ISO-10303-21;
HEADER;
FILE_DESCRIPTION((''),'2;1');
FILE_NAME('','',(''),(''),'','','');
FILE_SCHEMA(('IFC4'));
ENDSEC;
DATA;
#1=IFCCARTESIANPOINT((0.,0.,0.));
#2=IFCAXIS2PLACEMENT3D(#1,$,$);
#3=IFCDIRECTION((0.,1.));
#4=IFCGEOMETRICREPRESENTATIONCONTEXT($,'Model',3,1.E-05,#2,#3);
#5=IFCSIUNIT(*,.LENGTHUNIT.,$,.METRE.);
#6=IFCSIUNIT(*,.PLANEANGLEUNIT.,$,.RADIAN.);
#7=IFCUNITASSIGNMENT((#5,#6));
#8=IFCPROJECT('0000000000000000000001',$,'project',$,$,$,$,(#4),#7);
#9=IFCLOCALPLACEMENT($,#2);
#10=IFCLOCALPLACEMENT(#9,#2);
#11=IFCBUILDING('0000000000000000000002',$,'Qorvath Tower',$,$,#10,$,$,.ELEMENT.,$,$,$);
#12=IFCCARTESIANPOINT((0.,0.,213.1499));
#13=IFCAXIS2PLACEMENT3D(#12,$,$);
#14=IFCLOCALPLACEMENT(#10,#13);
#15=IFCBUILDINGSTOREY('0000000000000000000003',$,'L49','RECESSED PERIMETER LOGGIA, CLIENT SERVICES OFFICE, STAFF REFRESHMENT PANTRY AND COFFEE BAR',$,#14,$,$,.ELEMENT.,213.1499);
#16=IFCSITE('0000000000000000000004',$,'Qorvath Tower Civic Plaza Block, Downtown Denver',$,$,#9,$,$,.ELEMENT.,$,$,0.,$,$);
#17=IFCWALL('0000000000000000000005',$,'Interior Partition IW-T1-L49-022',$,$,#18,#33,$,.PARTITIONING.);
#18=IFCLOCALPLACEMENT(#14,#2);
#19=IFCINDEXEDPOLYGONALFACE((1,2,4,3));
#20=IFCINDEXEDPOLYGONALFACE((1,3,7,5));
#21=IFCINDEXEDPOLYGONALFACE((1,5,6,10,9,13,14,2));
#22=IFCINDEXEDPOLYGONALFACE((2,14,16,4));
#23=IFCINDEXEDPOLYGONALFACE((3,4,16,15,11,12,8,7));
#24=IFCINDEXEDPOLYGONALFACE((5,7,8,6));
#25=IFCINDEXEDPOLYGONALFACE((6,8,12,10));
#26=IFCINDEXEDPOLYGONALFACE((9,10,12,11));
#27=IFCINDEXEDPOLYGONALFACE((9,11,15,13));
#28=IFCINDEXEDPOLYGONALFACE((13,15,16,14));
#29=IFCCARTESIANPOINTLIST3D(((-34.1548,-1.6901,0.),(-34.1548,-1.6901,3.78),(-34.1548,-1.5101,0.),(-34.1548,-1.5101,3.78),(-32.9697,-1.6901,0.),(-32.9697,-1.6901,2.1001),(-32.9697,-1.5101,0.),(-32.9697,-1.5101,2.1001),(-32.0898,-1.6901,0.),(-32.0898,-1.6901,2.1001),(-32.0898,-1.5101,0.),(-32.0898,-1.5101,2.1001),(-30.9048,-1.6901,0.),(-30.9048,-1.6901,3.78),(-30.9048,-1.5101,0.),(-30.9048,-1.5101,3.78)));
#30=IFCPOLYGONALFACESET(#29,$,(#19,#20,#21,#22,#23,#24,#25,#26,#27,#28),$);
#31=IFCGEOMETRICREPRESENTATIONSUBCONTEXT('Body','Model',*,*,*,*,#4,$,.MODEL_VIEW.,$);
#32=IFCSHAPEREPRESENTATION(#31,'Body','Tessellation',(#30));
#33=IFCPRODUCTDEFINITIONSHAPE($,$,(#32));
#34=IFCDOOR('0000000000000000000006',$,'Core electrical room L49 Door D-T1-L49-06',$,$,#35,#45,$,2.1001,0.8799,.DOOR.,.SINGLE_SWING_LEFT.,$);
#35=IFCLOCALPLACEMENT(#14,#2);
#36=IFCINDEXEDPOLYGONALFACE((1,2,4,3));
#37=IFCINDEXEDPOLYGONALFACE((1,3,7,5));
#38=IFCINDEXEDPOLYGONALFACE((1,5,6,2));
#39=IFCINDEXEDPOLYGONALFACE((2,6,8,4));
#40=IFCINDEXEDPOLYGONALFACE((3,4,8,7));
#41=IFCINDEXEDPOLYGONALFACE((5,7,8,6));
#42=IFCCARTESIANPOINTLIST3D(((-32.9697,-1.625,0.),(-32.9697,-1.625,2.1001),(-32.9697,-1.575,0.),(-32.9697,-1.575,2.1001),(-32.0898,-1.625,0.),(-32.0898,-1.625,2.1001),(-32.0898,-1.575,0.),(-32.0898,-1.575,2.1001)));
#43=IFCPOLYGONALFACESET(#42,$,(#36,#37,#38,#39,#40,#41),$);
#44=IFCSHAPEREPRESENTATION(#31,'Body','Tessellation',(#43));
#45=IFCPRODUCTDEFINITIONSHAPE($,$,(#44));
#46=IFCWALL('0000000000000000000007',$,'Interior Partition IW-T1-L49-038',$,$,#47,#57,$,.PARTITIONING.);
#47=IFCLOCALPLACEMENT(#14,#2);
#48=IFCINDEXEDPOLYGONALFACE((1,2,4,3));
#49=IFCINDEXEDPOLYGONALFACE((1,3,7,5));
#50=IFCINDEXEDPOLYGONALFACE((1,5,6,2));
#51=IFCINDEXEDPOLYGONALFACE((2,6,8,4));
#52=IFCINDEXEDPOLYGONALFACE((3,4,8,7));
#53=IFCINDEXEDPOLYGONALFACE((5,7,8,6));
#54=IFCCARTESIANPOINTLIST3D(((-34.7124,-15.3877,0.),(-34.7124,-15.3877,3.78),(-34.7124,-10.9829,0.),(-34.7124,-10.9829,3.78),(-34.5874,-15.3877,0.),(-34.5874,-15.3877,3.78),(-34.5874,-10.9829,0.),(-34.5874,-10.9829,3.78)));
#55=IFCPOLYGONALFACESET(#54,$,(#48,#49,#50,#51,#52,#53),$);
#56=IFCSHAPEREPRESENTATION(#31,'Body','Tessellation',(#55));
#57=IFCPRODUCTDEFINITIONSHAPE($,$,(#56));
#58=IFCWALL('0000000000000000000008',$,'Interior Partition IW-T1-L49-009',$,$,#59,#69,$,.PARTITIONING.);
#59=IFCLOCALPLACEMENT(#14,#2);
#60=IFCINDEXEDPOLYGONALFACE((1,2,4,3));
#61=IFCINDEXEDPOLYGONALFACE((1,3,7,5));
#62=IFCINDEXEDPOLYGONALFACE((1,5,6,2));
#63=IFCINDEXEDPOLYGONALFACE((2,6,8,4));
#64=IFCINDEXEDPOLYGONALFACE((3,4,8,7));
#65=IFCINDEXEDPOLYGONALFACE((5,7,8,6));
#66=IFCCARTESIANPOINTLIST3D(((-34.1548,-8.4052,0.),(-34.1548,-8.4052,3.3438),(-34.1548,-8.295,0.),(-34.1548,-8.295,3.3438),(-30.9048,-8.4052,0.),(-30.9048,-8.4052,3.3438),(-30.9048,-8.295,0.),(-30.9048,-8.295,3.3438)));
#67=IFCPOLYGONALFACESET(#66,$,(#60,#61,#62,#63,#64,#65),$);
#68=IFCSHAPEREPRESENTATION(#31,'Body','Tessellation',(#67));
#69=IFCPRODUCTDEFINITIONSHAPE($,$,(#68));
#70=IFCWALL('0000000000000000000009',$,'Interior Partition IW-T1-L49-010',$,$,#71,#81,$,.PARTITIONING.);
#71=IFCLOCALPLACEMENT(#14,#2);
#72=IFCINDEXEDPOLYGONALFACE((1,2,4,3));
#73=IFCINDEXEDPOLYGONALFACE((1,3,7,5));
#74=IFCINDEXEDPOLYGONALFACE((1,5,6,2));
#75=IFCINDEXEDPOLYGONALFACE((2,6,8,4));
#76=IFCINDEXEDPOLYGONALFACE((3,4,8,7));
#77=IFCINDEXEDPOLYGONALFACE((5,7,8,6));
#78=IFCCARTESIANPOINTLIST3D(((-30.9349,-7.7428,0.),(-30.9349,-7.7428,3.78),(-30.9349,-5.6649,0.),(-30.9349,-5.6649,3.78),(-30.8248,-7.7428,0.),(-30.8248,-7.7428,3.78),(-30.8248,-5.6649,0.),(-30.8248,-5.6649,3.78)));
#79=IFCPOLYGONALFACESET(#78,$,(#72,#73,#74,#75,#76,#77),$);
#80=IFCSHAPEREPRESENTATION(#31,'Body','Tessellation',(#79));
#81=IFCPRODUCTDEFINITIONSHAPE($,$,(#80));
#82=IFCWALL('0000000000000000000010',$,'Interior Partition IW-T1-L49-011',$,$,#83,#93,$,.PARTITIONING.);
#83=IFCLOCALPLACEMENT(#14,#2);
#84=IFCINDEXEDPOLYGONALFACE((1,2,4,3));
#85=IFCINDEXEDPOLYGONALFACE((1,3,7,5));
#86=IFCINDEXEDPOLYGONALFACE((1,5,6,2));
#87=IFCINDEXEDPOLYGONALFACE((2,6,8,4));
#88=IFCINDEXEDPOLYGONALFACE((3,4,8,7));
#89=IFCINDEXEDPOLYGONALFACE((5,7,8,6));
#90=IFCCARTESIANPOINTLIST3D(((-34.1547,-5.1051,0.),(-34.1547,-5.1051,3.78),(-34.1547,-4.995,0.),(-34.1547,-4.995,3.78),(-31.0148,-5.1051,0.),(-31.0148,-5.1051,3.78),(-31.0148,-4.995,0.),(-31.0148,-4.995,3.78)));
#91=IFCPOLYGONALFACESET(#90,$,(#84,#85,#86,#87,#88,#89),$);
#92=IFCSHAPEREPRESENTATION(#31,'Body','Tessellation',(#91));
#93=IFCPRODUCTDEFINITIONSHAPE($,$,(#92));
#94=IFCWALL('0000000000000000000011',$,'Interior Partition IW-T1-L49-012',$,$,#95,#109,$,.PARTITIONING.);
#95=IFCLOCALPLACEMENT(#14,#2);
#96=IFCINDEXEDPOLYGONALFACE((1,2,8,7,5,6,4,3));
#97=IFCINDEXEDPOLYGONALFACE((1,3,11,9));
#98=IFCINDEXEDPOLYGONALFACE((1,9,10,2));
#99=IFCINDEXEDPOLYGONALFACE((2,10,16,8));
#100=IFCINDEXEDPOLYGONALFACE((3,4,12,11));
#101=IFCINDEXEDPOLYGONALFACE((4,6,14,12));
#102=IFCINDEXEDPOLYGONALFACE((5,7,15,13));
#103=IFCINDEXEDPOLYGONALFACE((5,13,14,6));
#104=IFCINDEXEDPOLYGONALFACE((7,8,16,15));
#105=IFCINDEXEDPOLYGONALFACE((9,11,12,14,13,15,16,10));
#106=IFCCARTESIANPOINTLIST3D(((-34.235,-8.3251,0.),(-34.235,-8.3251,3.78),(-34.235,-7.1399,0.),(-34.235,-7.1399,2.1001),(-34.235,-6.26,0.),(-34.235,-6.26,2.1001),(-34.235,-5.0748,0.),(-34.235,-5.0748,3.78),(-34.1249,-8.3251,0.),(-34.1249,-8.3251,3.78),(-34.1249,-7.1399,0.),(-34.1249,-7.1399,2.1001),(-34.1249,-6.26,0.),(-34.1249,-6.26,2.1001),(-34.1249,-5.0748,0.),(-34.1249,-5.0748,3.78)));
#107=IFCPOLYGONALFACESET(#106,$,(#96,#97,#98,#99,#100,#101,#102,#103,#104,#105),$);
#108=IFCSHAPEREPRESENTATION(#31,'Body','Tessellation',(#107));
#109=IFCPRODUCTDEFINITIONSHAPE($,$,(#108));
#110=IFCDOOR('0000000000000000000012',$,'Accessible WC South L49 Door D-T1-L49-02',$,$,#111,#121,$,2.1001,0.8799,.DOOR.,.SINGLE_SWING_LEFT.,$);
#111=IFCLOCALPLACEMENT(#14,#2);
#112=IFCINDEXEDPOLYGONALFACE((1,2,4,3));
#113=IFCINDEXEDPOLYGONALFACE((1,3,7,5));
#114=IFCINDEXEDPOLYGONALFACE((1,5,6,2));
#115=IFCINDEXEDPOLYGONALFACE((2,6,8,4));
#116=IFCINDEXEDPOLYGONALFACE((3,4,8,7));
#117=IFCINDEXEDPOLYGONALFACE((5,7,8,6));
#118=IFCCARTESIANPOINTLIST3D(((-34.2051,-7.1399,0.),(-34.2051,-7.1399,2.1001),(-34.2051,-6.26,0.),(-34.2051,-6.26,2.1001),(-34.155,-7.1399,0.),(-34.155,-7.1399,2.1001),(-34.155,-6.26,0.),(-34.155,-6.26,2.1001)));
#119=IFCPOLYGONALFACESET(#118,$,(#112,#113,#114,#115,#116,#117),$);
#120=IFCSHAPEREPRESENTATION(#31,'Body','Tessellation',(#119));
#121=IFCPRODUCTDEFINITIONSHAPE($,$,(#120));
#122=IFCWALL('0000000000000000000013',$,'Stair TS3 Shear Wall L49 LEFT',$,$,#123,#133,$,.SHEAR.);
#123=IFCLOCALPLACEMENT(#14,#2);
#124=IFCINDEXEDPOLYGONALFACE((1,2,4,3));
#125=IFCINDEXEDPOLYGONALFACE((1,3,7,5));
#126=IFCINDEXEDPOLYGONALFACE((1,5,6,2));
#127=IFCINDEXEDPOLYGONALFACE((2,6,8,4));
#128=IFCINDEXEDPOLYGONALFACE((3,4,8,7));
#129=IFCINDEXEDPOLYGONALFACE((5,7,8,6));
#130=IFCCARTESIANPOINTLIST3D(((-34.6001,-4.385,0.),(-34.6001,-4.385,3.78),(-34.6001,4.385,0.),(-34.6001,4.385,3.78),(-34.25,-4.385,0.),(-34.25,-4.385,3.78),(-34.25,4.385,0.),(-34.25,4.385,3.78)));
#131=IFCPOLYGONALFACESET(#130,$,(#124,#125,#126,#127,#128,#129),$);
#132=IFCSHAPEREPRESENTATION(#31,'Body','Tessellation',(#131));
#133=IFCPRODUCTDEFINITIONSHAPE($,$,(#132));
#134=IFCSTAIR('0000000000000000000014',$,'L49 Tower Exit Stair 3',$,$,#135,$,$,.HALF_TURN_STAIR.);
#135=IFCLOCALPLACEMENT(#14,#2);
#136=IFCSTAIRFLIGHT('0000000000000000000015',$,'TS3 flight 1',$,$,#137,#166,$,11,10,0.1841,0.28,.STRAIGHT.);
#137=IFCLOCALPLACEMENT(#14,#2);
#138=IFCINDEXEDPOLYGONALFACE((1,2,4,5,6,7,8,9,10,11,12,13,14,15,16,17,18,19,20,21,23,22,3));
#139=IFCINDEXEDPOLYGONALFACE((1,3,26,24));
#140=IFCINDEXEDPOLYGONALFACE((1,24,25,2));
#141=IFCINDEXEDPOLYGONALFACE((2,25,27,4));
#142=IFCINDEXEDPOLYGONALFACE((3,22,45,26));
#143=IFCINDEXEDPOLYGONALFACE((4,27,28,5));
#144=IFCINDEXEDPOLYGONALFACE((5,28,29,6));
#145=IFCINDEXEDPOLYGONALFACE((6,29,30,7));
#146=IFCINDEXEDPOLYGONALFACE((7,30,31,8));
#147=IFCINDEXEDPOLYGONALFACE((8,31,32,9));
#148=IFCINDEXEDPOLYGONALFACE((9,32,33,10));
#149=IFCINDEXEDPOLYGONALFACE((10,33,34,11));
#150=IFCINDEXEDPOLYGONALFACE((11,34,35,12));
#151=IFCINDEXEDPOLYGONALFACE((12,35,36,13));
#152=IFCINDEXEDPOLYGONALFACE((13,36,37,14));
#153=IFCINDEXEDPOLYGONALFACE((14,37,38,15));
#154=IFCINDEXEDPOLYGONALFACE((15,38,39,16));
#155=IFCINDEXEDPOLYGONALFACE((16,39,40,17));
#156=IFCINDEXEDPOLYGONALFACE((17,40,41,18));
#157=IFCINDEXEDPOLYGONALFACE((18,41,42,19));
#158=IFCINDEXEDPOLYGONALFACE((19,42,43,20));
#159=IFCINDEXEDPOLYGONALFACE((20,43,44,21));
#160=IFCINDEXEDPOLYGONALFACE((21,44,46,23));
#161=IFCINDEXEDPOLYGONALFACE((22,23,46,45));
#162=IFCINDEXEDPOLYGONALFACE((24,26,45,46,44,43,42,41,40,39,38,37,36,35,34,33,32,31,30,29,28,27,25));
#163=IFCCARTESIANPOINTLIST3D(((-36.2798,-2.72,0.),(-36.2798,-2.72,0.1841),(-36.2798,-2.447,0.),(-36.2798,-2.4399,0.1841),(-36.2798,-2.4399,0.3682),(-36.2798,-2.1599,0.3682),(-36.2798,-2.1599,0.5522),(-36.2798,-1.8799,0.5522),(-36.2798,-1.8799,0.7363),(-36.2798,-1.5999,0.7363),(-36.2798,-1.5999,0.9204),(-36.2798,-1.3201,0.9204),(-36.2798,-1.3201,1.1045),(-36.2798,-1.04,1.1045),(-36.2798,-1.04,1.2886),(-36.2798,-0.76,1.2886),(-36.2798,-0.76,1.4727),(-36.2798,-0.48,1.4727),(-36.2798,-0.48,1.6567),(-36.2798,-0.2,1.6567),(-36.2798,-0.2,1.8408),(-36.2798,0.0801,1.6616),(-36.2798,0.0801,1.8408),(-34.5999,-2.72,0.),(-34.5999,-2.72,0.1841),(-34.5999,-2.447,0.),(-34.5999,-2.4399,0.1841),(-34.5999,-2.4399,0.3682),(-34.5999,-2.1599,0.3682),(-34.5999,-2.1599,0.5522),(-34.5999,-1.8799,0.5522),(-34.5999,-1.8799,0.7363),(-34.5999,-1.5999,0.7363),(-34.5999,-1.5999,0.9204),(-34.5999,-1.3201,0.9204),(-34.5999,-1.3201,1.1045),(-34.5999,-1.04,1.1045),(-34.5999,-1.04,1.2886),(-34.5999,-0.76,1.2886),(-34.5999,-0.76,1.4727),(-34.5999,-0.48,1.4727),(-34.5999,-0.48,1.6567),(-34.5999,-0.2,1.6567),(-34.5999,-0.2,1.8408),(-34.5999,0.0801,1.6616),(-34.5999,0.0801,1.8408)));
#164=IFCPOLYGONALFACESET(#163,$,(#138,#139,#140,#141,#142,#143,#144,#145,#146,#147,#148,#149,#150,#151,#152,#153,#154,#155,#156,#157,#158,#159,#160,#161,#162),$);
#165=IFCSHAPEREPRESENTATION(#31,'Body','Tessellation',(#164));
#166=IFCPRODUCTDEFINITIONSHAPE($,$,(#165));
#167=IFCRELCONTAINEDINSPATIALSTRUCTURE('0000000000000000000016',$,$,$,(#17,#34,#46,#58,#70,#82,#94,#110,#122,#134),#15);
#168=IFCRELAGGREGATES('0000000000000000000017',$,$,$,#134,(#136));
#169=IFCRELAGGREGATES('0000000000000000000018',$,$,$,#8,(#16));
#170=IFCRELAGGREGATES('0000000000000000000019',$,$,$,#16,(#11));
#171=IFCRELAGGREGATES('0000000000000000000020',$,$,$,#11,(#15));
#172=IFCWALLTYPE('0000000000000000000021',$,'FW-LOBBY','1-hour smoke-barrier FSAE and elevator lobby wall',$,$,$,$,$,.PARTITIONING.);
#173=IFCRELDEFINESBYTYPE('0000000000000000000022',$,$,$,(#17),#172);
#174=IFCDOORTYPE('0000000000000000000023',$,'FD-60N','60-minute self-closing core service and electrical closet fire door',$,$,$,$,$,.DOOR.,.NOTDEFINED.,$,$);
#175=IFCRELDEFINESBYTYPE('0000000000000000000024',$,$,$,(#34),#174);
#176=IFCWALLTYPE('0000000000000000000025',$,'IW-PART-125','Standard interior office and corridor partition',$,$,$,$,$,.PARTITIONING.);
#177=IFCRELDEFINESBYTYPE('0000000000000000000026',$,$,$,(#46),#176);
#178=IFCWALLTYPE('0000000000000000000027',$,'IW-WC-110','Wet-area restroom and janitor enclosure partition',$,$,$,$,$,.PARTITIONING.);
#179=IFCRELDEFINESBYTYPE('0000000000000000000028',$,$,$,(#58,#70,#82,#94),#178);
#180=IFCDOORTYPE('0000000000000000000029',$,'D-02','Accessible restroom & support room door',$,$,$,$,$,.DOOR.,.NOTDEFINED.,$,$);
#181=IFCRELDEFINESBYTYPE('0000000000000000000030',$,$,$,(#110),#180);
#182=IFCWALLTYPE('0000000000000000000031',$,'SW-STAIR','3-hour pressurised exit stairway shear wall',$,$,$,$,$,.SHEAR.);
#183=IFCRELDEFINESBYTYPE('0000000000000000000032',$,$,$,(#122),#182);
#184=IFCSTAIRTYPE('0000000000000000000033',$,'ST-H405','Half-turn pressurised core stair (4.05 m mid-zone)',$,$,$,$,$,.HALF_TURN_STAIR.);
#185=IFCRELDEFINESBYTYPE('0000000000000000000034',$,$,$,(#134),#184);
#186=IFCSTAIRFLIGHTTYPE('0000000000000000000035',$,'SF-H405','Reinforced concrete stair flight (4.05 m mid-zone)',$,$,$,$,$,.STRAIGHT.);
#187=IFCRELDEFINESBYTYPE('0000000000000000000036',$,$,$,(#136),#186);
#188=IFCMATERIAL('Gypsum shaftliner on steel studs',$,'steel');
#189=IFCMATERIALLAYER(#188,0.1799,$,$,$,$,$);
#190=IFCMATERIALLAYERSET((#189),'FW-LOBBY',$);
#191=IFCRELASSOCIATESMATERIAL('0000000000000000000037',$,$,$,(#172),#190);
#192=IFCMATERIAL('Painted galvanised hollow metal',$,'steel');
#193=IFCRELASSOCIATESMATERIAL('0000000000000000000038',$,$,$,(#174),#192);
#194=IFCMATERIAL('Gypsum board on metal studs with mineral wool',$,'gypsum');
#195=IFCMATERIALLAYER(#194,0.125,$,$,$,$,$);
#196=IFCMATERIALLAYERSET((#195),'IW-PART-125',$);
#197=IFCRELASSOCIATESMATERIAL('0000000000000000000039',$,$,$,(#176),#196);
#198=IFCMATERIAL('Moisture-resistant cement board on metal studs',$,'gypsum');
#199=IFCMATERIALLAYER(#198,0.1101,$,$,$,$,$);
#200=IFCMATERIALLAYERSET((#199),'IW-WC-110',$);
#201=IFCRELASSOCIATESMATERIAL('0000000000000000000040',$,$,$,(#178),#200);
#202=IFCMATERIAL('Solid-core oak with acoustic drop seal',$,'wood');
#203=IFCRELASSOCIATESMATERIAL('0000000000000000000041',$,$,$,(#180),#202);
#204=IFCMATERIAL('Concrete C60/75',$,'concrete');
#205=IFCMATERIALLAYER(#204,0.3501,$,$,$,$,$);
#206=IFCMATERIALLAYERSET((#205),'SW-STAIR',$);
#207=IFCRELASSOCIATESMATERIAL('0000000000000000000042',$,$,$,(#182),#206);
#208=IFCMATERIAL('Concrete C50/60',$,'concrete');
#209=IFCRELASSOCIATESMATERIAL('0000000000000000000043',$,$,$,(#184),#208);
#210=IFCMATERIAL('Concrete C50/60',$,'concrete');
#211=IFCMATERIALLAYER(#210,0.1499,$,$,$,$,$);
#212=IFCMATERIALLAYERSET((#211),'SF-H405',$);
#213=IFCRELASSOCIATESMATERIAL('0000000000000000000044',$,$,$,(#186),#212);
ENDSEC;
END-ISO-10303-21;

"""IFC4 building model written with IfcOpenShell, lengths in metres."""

from ifc_helpers import new_model, si_unit, direction, frame, frame_2d, origin, place, context, subcontext, project, spatial, polyline, rectangle, outline, extrude, material, layer, layer_set, type_object, element, fill, aggregate, save


model = new_model("IFC4")

# Units and contexts
model_context = context("Model", 3, precision=1e-05, world=origin(), true_north=direction((0.0, 1.0)))
body_context = subcontext(model_context, "Body", "Model", "MODEL_VIEW")
ifc_project = project(units=[si_unit("LENGTHUNIT", "METRE"), si_unit("PLANEANGLEUNIT", "RADIAN")], contexts=[model_context])

# Site, building, storey
site_placement = place(None, origin())
site = spatial("IfcSite", under=ifc_project, at=site_placement, Name="Qorvath Tower Civic Plaza Block, Downtown Denver", CompositionType="ELEMENT", RefElevation=0.0)
building_placement = place(site_placement, origin())
building = spatial("IfcBuilding", under=site, at=building_placement, Name="Qorvath Tower", CompositionType="ELEMENT")
storey_placement = place(building_placement, frame((0.0, 0.0, 213.1499)))
storey = spatial("IfcBuildingStorey", under=building, at=storey_placement, Name="L49", Description="RECESSED PERIMETER LOGGIA, CLIENT SERVICES OFFICE, STAFF REFRESHMENT PANTRY AND COFFEE BAR", CompositionType="ELEMENT", Elevation=213.1499)

# Shared definitions
ifc_material_1 = material(Name="Gypsum shaftliner on steel studs", Category="steel")
ifc_layer_1 = layer(ifc_material_1, 0.1799)
ifc_layer_set_1 = layer_set([ifc_layer_1], Name="FW-LOBBY")
wall_type_1 = type_object("IfcWallType", Name="FW-LOBBY", Description="1-hour smoke-barrier FSAE and elevator lobby wall", PredefinedType="PARTITIONING", material=ifc_layer_set_1)

# Wall, opening, door
wall_1_placement = place(storey_placement, frame((-30.9048, -1.6001, 0.0), z_axis=(0.0, 0.0, 1.0), x_axis=(-1.0, 0.0, 0.0)))
wall_1 = element("IfcWall", 1, at=wall_1_placement, inside=storey, type_object=wall_type_1, Name="Interior Partition IW-T1-L49-022", PredefinedType="PARTITIONING", context=body_context, shape_type="SweptSolid", body=[
    extrude(rectangle(XDim=3.25, YDim=0.1799, at=frame_2d((1.625, 0.0))), origin(), (0.0, 0.0, 1.0), 3.78),
])
opening_1_placement = place(wall_1_placement, frame((1.1851, 0.0, 0.0)))
opening_1 = element("IfcOpeningElement", 2, at=opening_1_placement, cuts=wall_1, PredefinedType="OPENING", context=body_context, shape_type="SweptSolid", body=[
    extrude(rectangle(XDim=0.8799, YDim=2.1001, at=frame_2d((0.4399, 1.05))), frame((0.0, 0.1001, 0.0), z_axis=(0.0, -1.0, 0.0), x_axis=(1.0, 0.0, 0.0)), (0.0, 0.0, 1.0), 0.2),
])
ifc_material_2 = material(Name="Painted galvanised hollow metal", Category="steel")
door_type_1 = type_object("IfcDoorType", Name="FD-60N", Description="60-minute self-closing core service and electrical closet fire door", OperationType="NOTDEFINED", PredefinedType="DOOR", material=ifc_material_2)
door_1_placement = place(opening_1_placement, origin())
door_1 = element("IfcDoor", 3, at=door_1_placement, inside=storey, type_object=door_type_1, Name="Core electrical room L49 Door D-T1-L49-06", OperationType="SINGLE_SWING_LEFT", OverallHeight=2.1001, OverallWidth=0.8799, PredefinedType="DOOR", context=body_context, shape_type="SweptSolid", body=[
    extrude(rectangle(XDim=0.8799, YDim=2.1001, at=frame_2d((0.4399, 1.05))), frame((0.0, 0.0249, 0.0), z_axis=(0.0, -1.0, 0.0), x_axis=(1.0, 0.0, 0.0)), (0.0, 0.0, 1.0), 0.05),
])
fill(opening_1, door_1)

# Wall
ifc_material_3 = material(Name="Gypsum board on metal studs with mineral wool", Category="gypsum")
ifc_layer_2 = layer(ifc_material_3, 0.125)
ifc_layer_set_2 = layer_set([ifc_layer_2], Name="IW-PART-125")
wall_type_2 = type_object("IfcWallType", Name="IW-PART-125", Description="Standard interior office and corridor partition", PredefinedType="PARTITIONING", material=ifc_layer_set_2)
wall_2_placement = place(storey_placement, frame((-34.6499, -10.9829, 0.0), z_axis=(0.0, 0.0, 1.0), x_axis=(0.0, -1.0, 0.0)))
element("IfcWall", 4, at=wall_2_placement, inside=storey, type_object=wall_type_2, Name="Interior Partition IW-T1-L49-038", PredefinedType="PARTITIONING", context=body_context, shape_type="SweptSolid", body=[
    extrude(rectangle(XDim=4.4048, YDim=0.125, at=frame_2d((2.2024, 0.0))), origin(), (0.0, 0.0, 1.0), 3.78),
])

# Walls
ifc_material_4 = material(Name="Moisture-resistant cement board on metal studs", Category="gypsum")
ifc_layer_3 = layer(ifc_material_4, 0.1101)
ifc_layer_set_3 = layer_set([ifc_layer_3], Name="IW-WC-110")
wall_type_3 = type_object("IfcWallType", Name="IW-WC-110", Description="Wet-area restroom and janitor enclosure partition", PredefinedType="PARTITIONING", material=ifc_layer_set_3)
wall_3_placement = place(storey_placement, frame((-34.1548, -8.3501, 0.0), z_axis=(0.0, 0.0, 1.0), x_axis=(1.0, 0.0, 0.0)))
element("IfcWall", 5, at=wall_3_placement, inside=storey, type_object=wall_type_3, Name="Interior Partition IW-T1-L49-009", PredefinedType="PARTITIONING", context=body_context, shape_type="SweptSolid", body=[
    extrude(rectangle(XDim=3.25, YDim=0.1101, at=frame_2d((1.625, 0.0))), origin(), (0.0, 0.0, 1.0), 3.3438),
])
wall_4_placement = place(storey_placement, frame((-30.8799, -7.7429, 0.0), z_axis=(0.0, 0.0, 1.0), x_axis=(0.0, 1.0, 0.0)))
element("IfcWall", 6, at=wall_4_placement, inside=storey, type_object=wall_type_3, Name="Interior Partition IW-T1-L49-010", PredefinedType="PARTITIONING", context=body_context, shape_type="SweptSolid", body=[
    extrude(rectangle(XDim=2.0779, YDim=0.1101, at=frame_2d((1.0391, 0.0))), origin(), (0.0, 0.0, 1.0), 3.78),
])
wall_5_placement = place(storey_placement, frame((-31.0149, -5.05, 0.0), z_axis=(0.0, 0.0, 1.0), x_axis=(-1.0, 0.0, 0.0)))
element("IfcWall", 7, at=wall_5_placement, inside=storey, type_object=wall_type_3, Name="Interior Partition IW-T1-L49-011", PredefinedType="PARTITIONING", context=body_context, shape_type="SweptSolid", body=[
    extrude(rectangle(XDim=3.1399, YDim=0.1101, at=frame_2d((1.5698, 0.0))), origin(), (0.0, 0.0, 1.0), 3.78),
])

# Wall, opening, door
wall_6_placement = place(storey_placement, frame((-34.1799, -5.075, 0.0), z_axis=(0.0, 0.0, 1.0), x_axis=(0.0, -1.0, 0.0)))
wall_6 = element("IfcWall", 8, at=wall_6_placement, inside=storey, type_object=wall_type_3, Name="Interior Partition IW-T1-L49-012", PredefinedType="PARTITIONING", context=body_context, shape_type="SweptSolid", body=[
    extrude(rectangle(XDim=3.2502, YDim=0.1101, at=frame_2d((1.625, 0.0))), origin(), (0.0, 0.0, 1.0), 3.78),
])
opening_2_placement = place(wall_6_placement, frame((1.1851, 0.0, 0.0)))
opening_2 = element("IfcOpeningElement", 9, at=opening_2_placement, cuts=wall_6, PredefinedType="OPENING", context=body_context, shape_type="SweptSolid", body=[
    extrude(rectangle(XDim=0.8799, YDim=2.1001, at=frame_2d((0.4399, 1.05))), frame((0.0, 0.0649, 0.0), z_axis=(0.0, -1.0, 0.0), x_axis=(1.0, 0.0, 0.0)), (0.0, 0.0, 1.0), 0.1301),
])
ifc_material_5 = material(Name="Solid-core oak with acoustic drop seal", Category="wood")
door_type_2 = type_object("IfcDoorType", Name="D-02", Description="Accessible restroom & support room door", OperationType="NOTDEFINED", PredefinedType="DOOR", material=ifc_material_5)
door_2_placement = place(opening_2_placement, origin())
door_2 = element("IfcDoor", 10, at=door_2_placement, inside=storey, type_object=door_type_2, Name="Accessible WC South L49 Door D-T1-L49-02", OperationType="SINGLE_SWING_LEFT", OverallHeight=2.1001, OverallWidth=0.8799, PredefinedType="DOOR", context=body_context, shape_type="SweptSolid", body=[
    extrude(rectangle(XDim=0.8799, YDim=2.1001, at=frame_2d((0.4399, 1.05))), frame((0.0, 0.0249, 0.0), z_axis=(0.0, -1.0, 0.0), x_axis=(1.0, 0.0, 0.0)), (0.0, 0.0, 1.0), 0.05),
])
fill(opening_2, door_2)

# Wall
ifc_material_6 = material(Name="Concrete C60/75", Category="concrete")
ifc_layer_4 = layer(ifc_material_6, 0.3501)
ifc_layer_set_4 = layer_set([ifc_layer_4], Name="SW-STAIR")
wall_type_4 = type_object("IfcWallType", Name="SW-STAIR", Description="3-hour pressurised exit stairway shear wall", PredefinedType="SHEAR", material=ifc_layer_set_4)
wall_7_placement = place(storey_placement, frame((-34.425, -4.385, 0.0), z_axis=(0.0, 0.0, 1.0), x_axis=(0.0, 1.0, 0.0)))
element("IfcWall", 11, at=wall_7_placement, inside=storey, type_object=wall_type_4, Name="Stair TS3 Shear Wall L49 LEFT", PredefinedType="SHEAR", context=body_context, shape_type="SweptSolid", body=[
    extrude(rectangle(XDim=8.77, YDim=0.3501, at=frame_2d((4.385, 0.0))), origin(), (0.0, 0.0, 1.0), 3.78),
])

# Stair, stair flight
ifc_material_7 = material(Name="Concrete C50/60", Category="concrete")
stair_type = type_object("IfcStairType", Name="ST-H405", Description="Half-turn pressurised core stair (4.05 m mid-zone)", PredefinedType="HALF_TURN_STAIR", material=ifc_material_7)
stair_placement = place(storey_placement, origin())
stair = element("IfcStair", 12, at=stair_placement, inside=storey, type_object=stair_type, Name="L49 Tower Exit Stair 3", PredefinedType="HALF_TURN_STAIR")
ifc_material_8 = material(Name="Concrete C50/60", Category="concrete")
ifc_layer_5 = layer(ifc_material_8, 0.1499)
ifc_layer_set_5 = layer_set([ifc_layer_5], Name="SF-H405")
stair_flight_type = type_object("IfcStairFlightType", Name="SF-H405", Description="Reinforced concrete stair flight (4.05 m mid-zone)", PredefinedType="STRAIGHT", material=ifc_layer_set_5)
stair_flight_placement = place(storey_placement, frame((-35.4399, -2.72, 0.0), z_axis=(0.0, 0.0, 1.0), x_axis=(0.0, 1.0, 0.0)))
stair_flight = element("IfcStairFlight", 13, at=stair_flight_placement, type_object=stair_flight_type, Name="TS3 flight 1", NumberOfRisers=11, NumberOfTreads=10, PredefinedType="STRAIGHT", RiserHeight=0.1841, TreadLength=0.28, context=body_context, shape_type="SweptSolid", body=[
    extrude(outline(polyline([(0.0, 0.0), (0.0, 0.1841), (0.28, 0.1841), (0.28, 0.3682), (0.5601, 0.3682), (0.5601, 0.5522), (0.8401, 0.5522), (0.8401, 0.7363), (1.1201, 0.7363), (1.1201, 0.9204), (1.3999, 0.9204), (1.3999, 1.1045), (1.6799, 1.1045), (1.6799, 1.2886), (1.96, 1.2886), (1.96, 1.4727), (2.24, 1.4727), (2.24, 1.6567), (2.52, 1.6567), (2.52, 1.8408), (2.8, 1.8408), (2.8, 2.0249), (2.8, 1.6616), (0.2729, 0.0), (0.0, 0.0)])), frame((0.0, 0.8398, 0.0), z_axis=(0.0, -1.0, 0.0), x_axis=(1.0, 0.0, 0.0)), (0.0, 0.0, 1.0), 1.6799),
])
aggregate(stair, [stair_flight])

save(model, "model.ifc")
